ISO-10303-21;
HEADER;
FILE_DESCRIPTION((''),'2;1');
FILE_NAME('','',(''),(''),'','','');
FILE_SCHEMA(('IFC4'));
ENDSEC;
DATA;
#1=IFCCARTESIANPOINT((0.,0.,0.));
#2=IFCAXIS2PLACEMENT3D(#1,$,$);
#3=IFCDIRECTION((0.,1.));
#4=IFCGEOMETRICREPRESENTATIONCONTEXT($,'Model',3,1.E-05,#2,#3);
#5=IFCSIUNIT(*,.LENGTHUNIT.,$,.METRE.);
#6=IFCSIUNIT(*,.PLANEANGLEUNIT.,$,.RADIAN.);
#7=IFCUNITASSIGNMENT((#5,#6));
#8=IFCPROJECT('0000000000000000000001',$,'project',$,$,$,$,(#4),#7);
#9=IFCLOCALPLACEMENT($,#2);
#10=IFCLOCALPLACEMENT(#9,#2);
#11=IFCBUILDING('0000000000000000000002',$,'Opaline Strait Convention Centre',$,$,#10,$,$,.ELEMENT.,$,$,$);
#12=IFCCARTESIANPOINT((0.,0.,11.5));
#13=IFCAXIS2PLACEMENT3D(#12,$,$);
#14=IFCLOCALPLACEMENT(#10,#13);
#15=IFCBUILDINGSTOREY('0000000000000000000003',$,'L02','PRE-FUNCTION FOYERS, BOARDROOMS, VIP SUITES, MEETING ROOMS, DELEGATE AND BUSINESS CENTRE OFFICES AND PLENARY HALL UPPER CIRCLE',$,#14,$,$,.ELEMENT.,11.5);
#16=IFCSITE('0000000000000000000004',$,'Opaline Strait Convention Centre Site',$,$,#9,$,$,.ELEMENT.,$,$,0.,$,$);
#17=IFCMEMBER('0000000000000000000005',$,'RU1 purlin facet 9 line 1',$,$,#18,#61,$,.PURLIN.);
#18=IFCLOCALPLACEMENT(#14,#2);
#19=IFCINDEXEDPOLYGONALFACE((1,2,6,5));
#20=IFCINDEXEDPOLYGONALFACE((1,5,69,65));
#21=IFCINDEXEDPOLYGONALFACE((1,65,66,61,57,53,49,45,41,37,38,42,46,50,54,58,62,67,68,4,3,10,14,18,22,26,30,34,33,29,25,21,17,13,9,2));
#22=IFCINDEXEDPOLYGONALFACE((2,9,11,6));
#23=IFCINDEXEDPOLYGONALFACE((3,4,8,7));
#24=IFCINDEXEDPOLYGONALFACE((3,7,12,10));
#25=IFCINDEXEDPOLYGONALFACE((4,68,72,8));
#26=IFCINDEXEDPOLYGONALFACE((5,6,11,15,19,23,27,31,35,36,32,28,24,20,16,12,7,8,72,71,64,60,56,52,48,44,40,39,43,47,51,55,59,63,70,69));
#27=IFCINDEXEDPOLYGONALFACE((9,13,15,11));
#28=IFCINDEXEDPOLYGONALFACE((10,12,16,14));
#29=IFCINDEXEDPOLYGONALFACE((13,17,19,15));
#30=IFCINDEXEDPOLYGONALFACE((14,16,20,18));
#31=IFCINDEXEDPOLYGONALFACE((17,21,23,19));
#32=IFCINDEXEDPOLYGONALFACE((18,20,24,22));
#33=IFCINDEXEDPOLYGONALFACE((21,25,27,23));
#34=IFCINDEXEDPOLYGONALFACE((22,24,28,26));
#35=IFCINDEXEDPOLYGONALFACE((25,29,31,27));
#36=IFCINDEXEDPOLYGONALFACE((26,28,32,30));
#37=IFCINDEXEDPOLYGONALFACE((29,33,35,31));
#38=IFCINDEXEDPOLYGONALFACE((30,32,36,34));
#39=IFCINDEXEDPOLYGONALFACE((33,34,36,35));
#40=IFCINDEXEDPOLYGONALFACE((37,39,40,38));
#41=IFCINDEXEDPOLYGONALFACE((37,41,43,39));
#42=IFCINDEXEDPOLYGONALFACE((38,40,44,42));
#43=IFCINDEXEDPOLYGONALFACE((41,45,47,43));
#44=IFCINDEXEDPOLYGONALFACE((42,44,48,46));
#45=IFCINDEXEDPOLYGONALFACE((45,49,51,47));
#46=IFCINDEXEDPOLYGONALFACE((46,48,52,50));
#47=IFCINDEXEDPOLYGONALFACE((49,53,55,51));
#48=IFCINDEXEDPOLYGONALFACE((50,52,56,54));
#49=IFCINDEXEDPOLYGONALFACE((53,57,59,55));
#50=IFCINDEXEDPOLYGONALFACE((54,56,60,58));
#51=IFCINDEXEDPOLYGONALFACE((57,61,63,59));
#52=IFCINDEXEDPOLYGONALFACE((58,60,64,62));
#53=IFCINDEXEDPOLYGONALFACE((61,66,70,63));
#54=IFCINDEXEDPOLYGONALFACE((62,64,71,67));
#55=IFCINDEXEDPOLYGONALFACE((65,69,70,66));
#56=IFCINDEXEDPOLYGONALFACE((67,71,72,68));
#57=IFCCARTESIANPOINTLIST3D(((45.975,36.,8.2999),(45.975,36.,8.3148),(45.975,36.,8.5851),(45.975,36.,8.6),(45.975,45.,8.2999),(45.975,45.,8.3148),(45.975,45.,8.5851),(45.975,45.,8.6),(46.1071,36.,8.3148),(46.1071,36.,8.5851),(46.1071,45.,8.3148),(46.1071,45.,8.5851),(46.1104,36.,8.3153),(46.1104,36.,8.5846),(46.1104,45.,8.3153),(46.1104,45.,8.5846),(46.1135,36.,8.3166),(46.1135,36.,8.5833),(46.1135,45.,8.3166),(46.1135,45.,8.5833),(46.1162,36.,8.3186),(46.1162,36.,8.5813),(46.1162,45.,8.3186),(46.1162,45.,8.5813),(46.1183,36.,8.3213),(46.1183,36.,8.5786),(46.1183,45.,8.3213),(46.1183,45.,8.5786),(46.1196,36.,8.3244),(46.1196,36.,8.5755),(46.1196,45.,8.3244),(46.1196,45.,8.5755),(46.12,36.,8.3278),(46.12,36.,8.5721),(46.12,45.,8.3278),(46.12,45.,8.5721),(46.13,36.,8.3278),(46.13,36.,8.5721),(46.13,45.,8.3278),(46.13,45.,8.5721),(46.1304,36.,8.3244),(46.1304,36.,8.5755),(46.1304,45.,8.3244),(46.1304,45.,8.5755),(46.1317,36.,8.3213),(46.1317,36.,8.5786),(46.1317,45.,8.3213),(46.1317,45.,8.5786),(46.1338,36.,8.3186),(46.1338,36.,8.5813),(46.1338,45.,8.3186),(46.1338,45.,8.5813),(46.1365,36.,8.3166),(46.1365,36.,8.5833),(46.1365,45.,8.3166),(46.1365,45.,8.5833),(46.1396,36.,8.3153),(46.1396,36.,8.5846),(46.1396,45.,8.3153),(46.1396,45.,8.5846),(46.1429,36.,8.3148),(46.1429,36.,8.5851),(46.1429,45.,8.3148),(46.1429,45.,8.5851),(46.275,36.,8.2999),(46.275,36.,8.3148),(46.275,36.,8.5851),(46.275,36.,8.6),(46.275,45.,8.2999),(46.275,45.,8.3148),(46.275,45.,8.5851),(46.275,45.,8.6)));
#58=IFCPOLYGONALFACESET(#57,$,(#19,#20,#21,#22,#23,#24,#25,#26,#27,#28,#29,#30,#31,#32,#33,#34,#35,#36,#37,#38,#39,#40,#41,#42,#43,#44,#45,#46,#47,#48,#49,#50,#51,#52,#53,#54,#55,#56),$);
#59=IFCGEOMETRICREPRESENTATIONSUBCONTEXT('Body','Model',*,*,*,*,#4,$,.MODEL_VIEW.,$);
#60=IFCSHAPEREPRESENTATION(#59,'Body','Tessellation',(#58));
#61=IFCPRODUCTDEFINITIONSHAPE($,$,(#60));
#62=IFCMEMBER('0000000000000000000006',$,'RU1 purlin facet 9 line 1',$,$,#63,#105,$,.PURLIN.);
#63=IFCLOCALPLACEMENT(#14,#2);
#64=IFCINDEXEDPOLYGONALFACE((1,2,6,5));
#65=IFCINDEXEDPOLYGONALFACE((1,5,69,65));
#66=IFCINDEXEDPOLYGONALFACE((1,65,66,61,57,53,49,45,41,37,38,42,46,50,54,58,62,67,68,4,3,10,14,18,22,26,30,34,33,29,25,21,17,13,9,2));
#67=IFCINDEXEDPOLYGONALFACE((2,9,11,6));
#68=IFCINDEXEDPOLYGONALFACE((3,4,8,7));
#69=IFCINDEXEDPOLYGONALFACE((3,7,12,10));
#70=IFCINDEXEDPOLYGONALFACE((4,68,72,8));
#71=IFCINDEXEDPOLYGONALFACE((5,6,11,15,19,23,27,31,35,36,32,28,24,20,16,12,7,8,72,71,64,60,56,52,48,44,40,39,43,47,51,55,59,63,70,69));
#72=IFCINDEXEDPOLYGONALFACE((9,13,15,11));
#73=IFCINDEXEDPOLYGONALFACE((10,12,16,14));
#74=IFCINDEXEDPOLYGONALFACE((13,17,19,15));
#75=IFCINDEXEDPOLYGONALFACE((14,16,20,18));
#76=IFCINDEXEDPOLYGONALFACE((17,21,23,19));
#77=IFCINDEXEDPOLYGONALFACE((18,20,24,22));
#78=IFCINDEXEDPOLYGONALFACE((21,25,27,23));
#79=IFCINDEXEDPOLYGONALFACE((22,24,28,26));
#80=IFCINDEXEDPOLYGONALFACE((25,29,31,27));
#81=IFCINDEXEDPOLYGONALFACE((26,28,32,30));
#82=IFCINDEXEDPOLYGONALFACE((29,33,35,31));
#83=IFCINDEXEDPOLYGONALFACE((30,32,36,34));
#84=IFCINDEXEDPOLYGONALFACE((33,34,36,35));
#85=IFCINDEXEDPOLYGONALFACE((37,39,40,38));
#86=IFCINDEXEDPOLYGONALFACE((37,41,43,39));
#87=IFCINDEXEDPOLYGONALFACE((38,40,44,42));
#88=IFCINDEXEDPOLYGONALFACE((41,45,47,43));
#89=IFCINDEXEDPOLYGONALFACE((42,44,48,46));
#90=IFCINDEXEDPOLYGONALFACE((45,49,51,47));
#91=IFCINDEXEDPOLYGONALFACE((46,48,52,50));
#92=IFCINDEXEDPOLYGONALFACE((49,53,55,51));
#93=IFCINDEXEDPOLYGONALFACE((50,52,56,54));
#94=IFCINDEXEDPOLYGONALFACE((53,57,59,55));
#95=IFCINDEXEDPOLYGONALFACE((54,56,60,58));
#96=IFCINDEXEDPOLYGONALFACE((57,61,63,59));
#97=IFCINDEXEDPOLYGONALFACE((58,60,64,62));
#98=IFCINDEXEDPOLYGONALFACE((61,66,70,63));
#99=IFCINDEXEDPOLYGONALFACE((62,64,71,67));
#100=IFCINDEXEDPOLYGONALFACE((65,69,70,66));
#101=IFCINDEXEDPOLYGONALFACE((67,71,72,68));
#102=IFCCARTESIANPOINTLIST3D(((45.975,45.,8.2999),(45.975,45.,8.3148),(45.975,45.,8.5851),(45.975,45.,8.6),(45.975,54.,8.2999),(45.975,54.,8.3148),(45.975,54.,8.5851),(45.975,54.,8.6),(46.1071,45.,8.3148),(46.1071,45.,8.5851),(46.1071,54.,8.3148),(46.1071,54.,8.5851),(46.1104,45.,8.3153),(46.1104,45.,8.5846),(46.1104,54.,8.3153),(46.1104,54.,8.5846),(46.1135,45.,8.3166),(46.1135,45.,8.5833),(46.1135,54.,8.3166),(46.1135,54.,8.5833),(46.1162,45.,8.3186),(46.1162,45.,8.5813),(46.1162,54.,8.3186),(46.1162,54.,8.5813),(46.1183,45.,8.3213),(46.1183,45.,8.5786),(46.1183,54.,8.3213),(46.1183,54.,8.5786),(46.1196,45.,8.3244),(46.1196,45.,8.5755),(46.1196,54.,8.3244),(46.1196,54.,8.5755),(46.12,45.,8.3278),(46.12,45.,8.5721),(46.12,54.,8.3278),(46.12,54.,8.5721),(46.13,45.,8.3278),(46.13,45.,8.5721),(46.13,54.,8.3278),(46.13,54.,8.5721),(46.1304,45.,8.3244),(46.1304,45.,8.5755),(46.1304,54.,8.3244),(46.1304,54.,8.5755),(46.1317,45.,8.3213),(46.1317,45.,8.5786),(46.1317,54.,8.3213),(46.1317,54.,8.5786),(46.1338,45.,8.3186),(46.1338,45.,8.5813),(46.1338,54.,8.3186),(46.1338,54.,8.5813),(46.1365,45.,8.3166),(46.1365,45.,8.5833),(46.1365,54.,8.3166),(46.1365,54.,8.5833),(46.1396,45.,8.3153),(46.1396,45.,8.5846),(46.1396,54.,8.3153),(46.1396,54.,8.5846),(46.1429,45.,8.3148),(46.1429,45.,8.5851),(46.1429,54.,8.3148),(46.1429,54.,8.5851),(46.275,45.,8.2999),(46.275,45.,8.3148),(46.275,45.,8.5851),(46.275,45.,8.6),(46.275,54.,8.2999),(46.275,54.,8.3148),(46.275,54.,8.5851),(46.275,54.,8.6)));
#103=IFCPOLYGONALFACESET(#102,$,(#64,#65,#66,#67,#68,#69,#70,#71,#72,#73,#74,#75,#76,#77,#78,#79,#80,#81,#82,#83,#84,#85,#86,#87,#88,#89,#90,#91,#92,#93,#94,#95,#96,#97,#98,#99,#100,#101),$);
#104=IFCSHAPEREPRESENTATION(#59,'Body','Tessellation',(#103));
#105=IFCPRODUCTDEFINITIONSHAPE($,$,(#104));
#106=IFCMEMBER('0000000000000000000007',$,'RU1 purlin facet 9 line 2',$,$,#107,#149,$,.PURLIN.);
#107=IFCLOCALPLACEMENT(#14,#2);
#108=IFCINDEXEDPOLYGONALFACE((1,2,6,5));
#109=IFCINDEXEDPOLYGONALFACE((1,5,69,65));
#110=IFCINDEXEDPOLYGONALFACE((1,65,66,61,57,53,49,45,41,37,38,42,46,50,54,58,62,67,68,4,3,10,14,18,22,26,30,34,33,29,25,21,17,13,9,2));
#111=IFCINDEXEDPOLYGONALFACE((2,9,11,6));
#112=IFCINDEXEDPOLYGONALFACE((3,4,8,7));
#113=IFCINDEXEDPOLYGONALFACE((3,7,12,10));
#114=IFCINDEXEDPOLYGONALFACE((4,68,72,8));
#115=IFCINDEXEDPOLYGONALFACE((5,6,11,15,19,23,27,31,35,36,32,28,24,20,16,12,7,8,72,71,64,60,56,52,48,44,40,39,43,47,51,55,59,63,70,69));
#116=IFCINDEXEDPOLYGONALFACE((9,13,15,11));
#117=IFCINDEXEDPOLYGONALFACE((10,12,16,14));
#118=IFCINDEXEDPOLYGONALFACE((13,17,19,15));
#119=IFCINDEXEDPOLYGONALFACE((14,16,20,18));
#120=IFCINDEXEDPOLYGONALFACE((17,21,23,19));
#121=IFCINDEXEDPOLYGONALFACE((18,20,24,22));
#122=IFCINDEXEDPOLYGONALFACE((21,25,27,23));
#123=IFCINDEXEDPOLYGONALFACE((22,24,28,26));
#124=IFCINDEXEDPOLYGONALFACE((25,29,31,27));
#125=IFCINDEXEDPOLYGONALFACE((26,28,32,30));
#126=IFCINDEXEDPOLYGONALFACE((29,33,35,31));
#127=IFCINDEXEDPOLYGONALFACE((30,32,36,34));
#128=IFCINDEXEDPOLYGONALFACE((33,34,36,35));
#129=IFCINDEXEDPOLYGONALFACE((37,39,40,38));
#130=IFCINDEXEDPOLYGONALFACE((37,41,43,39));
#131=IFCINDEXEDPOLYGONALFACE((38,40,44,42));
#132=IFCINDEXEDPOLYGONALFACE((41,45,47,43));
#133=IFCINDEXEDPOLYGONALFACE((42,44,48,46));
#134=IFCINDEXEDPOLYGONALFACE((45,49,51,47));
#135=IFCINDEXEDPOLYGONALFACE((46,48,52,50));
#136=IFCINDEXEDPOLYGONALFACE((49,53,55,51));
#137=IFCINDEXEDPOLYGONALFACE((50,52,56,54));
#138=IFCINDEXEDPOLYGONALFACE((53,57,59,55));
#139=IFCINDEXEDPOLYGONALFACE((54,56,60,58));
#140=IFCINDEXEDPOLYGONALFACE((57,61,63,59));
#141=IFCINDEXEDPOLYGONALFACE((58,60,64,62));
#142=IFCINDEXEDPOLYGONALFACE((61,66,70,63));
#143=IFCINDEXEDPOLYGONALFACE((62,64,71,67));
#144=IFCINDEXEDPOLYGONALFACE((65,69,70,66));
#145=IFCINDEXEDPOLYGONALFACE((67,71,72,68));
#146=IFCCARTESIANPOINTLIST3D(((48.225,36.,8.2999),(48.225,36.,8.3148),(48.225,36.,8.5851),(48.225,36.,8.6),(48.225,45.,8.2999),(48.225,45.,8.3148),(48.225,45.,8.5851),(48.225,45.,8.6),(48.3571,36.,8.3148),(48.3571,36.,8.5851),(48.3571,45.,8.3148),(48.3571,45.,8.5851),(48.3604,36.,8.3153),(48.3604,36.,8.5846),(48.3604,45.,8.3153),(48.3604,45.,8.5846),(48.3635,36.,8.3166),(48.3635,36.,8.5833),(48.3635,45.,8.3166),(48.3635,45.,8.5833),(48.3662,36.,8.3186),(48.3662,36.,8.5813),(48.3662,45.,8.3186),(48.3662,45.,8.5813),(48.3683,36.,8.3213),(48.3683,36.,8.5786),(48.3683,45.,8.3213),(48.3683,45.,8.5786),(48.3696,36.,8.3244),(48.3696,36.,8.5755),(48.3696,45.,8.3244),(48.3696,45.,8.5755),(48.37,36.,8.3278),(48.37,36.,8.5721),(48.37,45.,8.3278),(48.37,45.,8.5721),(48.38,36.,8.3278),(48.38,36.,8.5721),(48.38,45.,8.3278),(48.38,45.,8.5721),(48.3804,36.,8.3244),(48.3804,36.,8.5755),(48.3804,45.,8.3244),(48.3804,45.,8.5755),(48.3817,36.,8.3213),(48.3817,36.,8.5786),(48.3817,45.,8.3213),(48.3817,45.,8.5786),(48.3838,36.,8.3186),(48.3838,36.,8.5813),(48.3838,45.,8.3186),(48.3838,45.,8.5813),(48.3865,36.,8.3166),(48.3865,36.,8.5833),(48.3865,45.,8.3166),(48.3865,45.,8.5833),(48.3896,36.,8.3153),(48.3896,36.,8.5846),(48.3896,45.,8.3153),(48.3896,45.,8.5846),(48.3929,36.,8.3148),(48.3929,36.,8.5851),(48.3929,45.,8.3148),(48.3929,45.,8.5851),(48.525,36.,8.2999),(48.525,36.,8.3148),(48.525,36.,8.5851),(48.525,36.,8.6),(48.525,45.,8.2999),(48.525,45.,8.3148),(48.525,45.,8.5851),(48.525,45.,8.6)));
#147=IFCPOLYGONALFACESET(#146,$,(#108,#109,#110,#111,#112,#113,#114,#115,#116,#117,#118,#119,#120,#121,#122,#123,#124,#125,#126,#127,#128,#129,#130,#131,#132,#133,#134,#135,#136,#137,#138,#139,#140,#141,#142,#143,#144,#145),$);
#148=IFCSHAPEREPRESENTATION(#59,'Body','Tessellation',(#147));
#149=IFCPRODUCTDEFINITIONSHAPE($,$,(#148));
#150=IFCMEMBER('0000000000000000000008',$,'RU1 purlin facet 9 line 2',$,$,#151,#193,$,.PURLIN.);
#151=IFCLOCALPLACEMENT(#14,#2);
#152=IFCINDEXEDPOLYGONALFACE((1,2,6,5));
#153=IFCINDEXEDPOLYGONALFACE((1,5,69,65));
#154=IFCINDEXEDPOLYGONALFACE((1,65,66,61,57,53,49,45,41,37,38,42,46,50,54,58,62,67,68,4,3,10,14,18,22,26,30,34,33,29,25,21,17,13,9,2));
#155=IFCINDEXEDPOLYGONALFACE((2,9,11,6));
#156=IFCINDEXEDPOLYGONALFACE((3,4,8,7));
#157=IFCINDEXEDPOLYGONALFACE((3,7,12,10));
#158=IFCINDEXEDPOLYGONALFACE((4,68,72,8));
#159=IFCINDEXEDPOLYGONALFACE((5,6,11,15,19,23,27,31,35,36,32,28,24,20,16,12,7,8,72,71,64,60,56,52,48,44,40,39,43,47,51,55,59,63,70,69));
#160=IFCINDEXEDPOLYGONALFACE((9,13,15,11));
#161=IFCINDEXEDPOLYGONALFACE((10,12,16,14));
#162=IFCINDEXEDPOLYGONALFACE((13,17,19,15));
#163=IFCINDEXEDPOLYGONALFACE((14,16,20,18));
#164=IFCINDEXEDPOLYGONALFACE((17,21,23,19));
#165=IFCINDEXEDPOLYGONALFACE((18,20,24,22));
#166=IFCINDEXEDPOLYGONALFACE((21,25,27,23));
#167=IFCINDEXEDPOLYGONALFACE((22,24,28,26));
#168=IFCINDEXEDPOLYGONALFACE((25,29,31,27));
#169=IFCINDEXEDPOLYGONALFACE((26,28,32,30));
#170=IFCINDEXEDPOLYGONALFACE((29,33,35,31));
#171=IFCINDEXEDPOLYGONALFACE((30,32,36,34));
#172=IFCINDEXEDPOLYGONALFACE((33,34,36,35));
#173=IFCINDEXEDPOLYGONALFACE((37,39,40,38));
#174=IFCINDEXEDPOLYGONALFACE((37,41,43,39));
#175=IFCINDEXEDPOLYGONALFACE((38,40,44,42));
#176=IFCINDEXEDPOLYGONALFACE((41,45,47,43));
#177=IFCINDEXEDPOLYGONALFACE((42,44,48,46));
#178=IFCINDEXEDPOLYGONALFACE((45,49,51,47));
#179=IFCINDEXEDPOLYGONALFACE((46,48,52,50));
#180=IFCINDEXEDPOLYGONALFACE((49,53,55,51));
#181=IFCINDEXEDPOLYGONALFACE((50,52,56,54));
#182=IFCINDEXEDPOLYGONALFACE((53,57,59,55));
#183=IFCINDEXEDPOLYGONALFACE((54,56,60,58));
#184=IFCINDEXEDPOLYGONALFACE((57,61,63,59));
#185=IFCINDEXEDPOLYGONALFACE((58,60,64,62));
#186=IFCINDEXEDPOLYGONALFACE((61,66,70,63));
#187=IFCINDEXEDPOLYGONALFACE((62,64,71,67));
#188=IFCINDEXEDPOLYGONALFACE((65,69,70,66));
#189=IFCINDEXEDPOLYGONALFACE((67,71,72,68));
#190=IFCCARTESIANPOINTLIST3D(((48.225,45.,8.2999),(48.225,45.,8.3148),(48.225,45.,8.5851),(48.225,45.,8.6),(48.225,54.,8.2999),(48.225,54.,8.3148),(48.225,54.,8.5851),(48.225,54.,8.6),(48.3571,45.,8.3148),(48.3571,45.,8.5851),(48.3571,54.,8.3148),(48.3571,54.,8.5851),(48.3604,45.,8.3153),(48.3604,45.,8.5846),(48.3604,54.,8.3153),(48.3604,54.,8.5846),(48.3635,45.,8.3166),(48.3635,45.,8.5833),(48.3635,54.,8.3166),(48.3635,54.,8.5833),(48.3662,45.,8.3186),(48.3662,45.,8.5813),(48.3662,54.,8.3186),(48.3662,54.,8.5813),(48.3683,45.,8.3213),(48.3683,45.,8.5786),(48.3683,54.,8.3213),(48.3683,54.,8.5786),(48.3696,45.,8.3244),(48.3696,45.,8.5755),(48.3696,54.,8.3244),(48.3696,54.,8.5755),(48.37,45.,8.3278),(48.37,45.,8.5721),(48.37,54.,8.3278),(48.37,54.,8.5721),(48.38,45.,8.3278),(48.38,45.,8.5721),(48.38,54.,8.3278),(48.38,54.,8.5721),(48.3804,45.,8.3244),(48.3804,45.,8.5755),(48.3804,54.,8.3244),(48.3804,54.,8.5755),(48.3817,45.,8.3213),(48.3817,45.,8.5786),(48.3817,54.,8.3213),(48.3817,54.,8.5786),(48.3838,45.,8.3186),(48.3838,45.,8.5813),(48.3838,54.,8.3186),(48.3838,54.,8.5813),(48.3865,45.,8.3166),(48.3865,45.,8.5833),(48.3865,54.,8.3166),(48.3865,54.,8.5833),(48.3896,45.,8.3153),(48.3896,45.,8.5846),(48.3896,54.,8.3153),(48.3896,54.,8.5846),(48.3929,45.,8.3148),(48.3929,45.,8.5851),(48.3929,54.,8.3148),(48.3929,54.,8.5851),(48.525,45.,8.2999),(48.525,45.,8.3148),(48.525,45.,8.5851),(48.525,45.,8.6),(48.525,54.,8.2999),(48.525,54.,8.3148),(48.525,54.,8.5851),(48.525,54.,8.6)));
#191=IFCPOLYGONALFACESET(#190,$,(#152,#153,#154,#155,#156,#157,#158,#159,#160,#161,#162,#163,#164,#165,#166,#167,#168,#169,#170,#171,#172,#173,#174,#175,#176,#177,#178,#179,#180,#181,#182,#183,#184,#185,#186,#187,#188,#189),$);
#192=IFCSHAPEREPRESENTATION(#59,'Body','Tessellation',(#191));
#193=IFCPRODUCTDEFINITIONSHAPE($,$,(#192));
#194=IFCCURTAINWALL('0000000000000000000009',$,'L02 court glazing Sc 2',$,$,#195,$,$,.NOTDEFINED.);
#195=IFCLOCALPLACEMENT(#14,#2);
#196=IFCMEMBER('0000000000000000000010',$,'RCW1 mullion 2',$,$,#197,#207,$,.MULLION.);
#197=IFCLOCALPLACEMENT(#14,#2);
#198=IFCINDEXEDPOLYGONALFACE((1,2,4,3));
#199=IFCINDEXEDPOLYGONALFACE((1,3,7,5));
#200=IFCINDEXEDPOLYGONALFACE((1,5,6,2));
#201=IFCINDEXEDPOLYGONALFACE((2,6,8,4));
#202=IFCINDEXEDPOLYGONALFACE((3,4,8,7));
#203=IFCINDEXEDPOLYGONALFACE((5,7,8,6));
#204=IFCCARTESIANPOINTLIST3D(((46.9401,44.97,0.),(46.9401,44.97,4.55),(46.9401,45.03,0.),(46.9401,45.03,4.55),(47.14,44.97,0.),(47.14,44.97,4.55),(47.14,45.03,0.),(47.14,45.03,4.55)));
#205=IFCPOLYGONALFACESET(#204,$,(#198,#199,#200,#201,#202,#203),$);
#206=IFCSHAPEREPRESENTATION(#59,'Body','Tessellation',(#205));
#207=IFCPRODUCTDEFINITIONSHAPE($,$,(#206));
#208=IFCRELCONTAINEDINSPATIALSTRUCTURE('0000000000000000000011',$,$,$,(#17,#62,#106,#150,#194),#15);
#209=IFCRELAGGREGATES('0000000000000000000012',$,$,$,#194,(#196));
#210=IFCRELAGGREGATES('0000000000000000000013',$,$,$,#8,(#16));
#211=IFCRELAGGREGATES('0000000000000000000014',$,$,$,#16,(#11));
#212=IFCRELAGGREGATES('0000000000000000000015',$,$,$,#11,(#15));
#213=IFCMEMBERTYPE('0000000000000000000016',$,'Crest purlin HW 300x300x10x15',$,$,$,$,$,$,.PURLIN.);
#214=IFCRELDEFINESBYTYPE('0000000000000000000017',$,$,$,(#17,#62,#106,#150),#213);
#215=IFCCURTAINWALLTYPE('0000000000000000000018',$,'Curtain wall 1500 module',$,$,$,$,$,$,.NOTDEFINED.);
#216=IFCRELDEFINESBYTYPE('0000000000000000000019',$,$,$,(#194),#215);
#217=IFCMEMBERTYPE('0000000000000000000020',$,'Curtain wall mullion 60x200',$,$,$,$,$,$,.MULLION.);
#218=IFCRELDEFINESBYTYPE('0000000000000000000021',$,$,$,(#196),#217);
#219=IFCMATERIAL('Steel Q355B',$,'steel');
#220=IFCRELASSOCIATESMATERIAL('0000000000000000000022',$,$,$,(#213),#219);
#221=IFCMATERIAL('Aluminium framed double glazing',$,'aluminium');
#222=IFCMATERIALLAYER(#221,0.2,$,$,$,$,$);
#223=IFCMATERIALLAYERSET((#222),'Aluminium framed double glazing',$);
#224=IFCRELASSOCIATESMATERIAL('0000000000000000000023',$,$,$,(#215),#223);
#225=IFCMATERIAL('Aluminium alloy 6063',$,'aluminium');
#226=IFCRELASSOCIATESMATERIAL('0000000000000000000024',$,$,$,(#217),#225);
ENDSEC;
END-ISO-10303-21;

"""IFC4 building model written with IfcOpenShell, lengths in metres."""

from ifc_helpers import new_model, si_unit, direction, frame, origin, origin_2d, place, context, subcontext, project, spatial, rectangle, i_section, extrude, material, layer, layer_set, material_profile, profile_set, type_object, element, aggregate, save


model = new_model("IFC4")

# Units and contexts
model_context = context("Model", 3, precision=1e-05, world=origin(), true_north=direction((0.0, 1.0)))
body_context = subcontext(model_context, "Body", "Model", "MODEL_VIEW")
ifc_project = project(units=[si_unit("LENGTHUNIT", "METRE"), si_unit("PLANEANGLEUNIT", "RADIAN")], contexts=[model_context])

# Site, building, storey
site_placement = place(None, origin())
site = spatial("IfcSite", under=ifc_project, at=site_placement, Name="Opaline Strait Convention Centre Site", CompositionType="ELEMENT", RefElevation=0.0)
building_placement = place(site_placement, origin())
building = spatial("IfcBuilding", under=site, at=building_placement, Name="Opaline Strait Convention Centre", CompositionType="ELEMENT")
storey_placement = place(building_placement, frame((0.0, 0.0, 11.5)))
storey = spatial("IfcBuildingStorey", under=building, at=storey_placement, Name="L02", Description="PRE-FUNCTION FOYERS, BOARDROOMS, VIP SUITES, MEETING ROOMS, DELEGATE AND BUSINESS CENTRE OFFICES AND PLENARY HALL UPPER CIRCLE", CompositionType="ELEMENT", Elevation=11.5)

# Members
ifc_material_1 = material(Name="Steel Q355B", Category="steel")
ifc_material_profile_1 = material_profile(ifc_material_1, i_section(OverallWidth=0.3, OverallDepth=0.3, WebThickness=0.01, FlangeThickness=0.0149, FilletRadius=0.0129, at=origin_2d()), Name="HW 300x300x10x15")
ifc_profile_set_1 = profile_set([ifc_material_profile_1], Name="Steel Q355B")
member_type_1 = type_object("IfcMemberType", Name="Crest purlin HW 300x300x10x15", PredefinedType="PURLIN", material=ifc_profile_set_1)
for number, where, z_axis, x_axis, name in (
    (1, (46.125, 36.0, 8.45), (0.0, 1.0, 0.0), (-1.0, 0.0, 0.0), "RU1 purlin facet 9 line 1"),
    (2, (46.125, 45.0, 8.45), (0.0, 1.0, 0.0), (-1.0, 0.0, 0.0), "RU1 purlin facet 9 line 1"),
    (3, (48.375, 36.0, 8.45), (0.0, 1.0, 0.0), (-1.0, 0.0, 0.0), "RU1 purlin facet 9 line 2"),
    (4, (48.375, 45.0, 8.45), (0.0, 1.0, 0.0), (-1.0, 0.0, 0.0), "RU1 purlin facet 9 line 2"),
):
    element("IfcMember", number, at=place(storey_placement, frame(where, z_axis=z_axis, x_axis=x_axis)), inside=storey, type_object=member_type_1, Name=name, PredefinedType="PURLIN", context=body_context, shape_type="SweptSolid", body=[
        extrude(i_section(OverallWidth=0.3, OverallDepth=0.3, WebThickness=0.01, FlangeThickness=0.0149, FilletRadius=0.0129, at=origin_2d()), origin(), (0.0, 0.0, 1.0), 9.0),
    ])

# Curtain wall, member
ifc_material_2 = material(Name="Aluminium framed double glazing", Category="aluminium")
ifc_layer_1 = layer(ifc_material_2, 0.2)
ifc_layer_set_1 = layer_set([ifc_layer_1], Name="Aluminium framed double glazing")
curtain_wall_type = type_object("IfcCurtainWallType", Name="Curtain wall 1500 module", PredefinedType="NOTDEFINED", material=ifc_layer_set_1)
curtain_wall_placement = place(storey_placement, origin())
curtain_wall = element("IfcCurtainWall", 5, at=curtain_wall_placement, inside=storey, type_object=curtain_wall_type, Name="L02 court glazing Sc 2", PredefinedType="NOTDEFINED")
ifc_material_3 = material(Name="Aluminium alloy 6063", Category="aluminium")
ifc_material_profile_2 = material_profile(ifc_material_3, rectangle(XDim=0.0601, YDim=0.2, at=origin_2d()), Name="Curtain wall mullion 60x200")
ifc_profile_set_2 = profile_set([ifc_material_profile_2], Name="Aluminium alloy 6063")
member_type_2 = type_object("IfcMemberType", Name="Curtain wall mullion 60x200", PredefinedType="MULLION", material=ifc_profile_set_2)
member_1_placement = place(storey_placement, frame((47.04, 45.0, 0.0), z_axis=(0.0, 0.0, 1.0), x_axis=(0.0, 1.0, 0.0)))
member_1 = element("IfcMember", 6, at=member_1_placement, type_object=member_type_2, Name="RCW1 mullion 2", PredefinedType="MULLION", context=body_context, shape_type="SweptSolid", body=[
    extrude(rectangle(XDim=0.0601, YDim=0.2, at=origin_2d()), origin(), (0.0, 0.0, 1.0), 4.55),
])

aggregate(curtain_wall, [member_1])

save(model, "model.ifc")
